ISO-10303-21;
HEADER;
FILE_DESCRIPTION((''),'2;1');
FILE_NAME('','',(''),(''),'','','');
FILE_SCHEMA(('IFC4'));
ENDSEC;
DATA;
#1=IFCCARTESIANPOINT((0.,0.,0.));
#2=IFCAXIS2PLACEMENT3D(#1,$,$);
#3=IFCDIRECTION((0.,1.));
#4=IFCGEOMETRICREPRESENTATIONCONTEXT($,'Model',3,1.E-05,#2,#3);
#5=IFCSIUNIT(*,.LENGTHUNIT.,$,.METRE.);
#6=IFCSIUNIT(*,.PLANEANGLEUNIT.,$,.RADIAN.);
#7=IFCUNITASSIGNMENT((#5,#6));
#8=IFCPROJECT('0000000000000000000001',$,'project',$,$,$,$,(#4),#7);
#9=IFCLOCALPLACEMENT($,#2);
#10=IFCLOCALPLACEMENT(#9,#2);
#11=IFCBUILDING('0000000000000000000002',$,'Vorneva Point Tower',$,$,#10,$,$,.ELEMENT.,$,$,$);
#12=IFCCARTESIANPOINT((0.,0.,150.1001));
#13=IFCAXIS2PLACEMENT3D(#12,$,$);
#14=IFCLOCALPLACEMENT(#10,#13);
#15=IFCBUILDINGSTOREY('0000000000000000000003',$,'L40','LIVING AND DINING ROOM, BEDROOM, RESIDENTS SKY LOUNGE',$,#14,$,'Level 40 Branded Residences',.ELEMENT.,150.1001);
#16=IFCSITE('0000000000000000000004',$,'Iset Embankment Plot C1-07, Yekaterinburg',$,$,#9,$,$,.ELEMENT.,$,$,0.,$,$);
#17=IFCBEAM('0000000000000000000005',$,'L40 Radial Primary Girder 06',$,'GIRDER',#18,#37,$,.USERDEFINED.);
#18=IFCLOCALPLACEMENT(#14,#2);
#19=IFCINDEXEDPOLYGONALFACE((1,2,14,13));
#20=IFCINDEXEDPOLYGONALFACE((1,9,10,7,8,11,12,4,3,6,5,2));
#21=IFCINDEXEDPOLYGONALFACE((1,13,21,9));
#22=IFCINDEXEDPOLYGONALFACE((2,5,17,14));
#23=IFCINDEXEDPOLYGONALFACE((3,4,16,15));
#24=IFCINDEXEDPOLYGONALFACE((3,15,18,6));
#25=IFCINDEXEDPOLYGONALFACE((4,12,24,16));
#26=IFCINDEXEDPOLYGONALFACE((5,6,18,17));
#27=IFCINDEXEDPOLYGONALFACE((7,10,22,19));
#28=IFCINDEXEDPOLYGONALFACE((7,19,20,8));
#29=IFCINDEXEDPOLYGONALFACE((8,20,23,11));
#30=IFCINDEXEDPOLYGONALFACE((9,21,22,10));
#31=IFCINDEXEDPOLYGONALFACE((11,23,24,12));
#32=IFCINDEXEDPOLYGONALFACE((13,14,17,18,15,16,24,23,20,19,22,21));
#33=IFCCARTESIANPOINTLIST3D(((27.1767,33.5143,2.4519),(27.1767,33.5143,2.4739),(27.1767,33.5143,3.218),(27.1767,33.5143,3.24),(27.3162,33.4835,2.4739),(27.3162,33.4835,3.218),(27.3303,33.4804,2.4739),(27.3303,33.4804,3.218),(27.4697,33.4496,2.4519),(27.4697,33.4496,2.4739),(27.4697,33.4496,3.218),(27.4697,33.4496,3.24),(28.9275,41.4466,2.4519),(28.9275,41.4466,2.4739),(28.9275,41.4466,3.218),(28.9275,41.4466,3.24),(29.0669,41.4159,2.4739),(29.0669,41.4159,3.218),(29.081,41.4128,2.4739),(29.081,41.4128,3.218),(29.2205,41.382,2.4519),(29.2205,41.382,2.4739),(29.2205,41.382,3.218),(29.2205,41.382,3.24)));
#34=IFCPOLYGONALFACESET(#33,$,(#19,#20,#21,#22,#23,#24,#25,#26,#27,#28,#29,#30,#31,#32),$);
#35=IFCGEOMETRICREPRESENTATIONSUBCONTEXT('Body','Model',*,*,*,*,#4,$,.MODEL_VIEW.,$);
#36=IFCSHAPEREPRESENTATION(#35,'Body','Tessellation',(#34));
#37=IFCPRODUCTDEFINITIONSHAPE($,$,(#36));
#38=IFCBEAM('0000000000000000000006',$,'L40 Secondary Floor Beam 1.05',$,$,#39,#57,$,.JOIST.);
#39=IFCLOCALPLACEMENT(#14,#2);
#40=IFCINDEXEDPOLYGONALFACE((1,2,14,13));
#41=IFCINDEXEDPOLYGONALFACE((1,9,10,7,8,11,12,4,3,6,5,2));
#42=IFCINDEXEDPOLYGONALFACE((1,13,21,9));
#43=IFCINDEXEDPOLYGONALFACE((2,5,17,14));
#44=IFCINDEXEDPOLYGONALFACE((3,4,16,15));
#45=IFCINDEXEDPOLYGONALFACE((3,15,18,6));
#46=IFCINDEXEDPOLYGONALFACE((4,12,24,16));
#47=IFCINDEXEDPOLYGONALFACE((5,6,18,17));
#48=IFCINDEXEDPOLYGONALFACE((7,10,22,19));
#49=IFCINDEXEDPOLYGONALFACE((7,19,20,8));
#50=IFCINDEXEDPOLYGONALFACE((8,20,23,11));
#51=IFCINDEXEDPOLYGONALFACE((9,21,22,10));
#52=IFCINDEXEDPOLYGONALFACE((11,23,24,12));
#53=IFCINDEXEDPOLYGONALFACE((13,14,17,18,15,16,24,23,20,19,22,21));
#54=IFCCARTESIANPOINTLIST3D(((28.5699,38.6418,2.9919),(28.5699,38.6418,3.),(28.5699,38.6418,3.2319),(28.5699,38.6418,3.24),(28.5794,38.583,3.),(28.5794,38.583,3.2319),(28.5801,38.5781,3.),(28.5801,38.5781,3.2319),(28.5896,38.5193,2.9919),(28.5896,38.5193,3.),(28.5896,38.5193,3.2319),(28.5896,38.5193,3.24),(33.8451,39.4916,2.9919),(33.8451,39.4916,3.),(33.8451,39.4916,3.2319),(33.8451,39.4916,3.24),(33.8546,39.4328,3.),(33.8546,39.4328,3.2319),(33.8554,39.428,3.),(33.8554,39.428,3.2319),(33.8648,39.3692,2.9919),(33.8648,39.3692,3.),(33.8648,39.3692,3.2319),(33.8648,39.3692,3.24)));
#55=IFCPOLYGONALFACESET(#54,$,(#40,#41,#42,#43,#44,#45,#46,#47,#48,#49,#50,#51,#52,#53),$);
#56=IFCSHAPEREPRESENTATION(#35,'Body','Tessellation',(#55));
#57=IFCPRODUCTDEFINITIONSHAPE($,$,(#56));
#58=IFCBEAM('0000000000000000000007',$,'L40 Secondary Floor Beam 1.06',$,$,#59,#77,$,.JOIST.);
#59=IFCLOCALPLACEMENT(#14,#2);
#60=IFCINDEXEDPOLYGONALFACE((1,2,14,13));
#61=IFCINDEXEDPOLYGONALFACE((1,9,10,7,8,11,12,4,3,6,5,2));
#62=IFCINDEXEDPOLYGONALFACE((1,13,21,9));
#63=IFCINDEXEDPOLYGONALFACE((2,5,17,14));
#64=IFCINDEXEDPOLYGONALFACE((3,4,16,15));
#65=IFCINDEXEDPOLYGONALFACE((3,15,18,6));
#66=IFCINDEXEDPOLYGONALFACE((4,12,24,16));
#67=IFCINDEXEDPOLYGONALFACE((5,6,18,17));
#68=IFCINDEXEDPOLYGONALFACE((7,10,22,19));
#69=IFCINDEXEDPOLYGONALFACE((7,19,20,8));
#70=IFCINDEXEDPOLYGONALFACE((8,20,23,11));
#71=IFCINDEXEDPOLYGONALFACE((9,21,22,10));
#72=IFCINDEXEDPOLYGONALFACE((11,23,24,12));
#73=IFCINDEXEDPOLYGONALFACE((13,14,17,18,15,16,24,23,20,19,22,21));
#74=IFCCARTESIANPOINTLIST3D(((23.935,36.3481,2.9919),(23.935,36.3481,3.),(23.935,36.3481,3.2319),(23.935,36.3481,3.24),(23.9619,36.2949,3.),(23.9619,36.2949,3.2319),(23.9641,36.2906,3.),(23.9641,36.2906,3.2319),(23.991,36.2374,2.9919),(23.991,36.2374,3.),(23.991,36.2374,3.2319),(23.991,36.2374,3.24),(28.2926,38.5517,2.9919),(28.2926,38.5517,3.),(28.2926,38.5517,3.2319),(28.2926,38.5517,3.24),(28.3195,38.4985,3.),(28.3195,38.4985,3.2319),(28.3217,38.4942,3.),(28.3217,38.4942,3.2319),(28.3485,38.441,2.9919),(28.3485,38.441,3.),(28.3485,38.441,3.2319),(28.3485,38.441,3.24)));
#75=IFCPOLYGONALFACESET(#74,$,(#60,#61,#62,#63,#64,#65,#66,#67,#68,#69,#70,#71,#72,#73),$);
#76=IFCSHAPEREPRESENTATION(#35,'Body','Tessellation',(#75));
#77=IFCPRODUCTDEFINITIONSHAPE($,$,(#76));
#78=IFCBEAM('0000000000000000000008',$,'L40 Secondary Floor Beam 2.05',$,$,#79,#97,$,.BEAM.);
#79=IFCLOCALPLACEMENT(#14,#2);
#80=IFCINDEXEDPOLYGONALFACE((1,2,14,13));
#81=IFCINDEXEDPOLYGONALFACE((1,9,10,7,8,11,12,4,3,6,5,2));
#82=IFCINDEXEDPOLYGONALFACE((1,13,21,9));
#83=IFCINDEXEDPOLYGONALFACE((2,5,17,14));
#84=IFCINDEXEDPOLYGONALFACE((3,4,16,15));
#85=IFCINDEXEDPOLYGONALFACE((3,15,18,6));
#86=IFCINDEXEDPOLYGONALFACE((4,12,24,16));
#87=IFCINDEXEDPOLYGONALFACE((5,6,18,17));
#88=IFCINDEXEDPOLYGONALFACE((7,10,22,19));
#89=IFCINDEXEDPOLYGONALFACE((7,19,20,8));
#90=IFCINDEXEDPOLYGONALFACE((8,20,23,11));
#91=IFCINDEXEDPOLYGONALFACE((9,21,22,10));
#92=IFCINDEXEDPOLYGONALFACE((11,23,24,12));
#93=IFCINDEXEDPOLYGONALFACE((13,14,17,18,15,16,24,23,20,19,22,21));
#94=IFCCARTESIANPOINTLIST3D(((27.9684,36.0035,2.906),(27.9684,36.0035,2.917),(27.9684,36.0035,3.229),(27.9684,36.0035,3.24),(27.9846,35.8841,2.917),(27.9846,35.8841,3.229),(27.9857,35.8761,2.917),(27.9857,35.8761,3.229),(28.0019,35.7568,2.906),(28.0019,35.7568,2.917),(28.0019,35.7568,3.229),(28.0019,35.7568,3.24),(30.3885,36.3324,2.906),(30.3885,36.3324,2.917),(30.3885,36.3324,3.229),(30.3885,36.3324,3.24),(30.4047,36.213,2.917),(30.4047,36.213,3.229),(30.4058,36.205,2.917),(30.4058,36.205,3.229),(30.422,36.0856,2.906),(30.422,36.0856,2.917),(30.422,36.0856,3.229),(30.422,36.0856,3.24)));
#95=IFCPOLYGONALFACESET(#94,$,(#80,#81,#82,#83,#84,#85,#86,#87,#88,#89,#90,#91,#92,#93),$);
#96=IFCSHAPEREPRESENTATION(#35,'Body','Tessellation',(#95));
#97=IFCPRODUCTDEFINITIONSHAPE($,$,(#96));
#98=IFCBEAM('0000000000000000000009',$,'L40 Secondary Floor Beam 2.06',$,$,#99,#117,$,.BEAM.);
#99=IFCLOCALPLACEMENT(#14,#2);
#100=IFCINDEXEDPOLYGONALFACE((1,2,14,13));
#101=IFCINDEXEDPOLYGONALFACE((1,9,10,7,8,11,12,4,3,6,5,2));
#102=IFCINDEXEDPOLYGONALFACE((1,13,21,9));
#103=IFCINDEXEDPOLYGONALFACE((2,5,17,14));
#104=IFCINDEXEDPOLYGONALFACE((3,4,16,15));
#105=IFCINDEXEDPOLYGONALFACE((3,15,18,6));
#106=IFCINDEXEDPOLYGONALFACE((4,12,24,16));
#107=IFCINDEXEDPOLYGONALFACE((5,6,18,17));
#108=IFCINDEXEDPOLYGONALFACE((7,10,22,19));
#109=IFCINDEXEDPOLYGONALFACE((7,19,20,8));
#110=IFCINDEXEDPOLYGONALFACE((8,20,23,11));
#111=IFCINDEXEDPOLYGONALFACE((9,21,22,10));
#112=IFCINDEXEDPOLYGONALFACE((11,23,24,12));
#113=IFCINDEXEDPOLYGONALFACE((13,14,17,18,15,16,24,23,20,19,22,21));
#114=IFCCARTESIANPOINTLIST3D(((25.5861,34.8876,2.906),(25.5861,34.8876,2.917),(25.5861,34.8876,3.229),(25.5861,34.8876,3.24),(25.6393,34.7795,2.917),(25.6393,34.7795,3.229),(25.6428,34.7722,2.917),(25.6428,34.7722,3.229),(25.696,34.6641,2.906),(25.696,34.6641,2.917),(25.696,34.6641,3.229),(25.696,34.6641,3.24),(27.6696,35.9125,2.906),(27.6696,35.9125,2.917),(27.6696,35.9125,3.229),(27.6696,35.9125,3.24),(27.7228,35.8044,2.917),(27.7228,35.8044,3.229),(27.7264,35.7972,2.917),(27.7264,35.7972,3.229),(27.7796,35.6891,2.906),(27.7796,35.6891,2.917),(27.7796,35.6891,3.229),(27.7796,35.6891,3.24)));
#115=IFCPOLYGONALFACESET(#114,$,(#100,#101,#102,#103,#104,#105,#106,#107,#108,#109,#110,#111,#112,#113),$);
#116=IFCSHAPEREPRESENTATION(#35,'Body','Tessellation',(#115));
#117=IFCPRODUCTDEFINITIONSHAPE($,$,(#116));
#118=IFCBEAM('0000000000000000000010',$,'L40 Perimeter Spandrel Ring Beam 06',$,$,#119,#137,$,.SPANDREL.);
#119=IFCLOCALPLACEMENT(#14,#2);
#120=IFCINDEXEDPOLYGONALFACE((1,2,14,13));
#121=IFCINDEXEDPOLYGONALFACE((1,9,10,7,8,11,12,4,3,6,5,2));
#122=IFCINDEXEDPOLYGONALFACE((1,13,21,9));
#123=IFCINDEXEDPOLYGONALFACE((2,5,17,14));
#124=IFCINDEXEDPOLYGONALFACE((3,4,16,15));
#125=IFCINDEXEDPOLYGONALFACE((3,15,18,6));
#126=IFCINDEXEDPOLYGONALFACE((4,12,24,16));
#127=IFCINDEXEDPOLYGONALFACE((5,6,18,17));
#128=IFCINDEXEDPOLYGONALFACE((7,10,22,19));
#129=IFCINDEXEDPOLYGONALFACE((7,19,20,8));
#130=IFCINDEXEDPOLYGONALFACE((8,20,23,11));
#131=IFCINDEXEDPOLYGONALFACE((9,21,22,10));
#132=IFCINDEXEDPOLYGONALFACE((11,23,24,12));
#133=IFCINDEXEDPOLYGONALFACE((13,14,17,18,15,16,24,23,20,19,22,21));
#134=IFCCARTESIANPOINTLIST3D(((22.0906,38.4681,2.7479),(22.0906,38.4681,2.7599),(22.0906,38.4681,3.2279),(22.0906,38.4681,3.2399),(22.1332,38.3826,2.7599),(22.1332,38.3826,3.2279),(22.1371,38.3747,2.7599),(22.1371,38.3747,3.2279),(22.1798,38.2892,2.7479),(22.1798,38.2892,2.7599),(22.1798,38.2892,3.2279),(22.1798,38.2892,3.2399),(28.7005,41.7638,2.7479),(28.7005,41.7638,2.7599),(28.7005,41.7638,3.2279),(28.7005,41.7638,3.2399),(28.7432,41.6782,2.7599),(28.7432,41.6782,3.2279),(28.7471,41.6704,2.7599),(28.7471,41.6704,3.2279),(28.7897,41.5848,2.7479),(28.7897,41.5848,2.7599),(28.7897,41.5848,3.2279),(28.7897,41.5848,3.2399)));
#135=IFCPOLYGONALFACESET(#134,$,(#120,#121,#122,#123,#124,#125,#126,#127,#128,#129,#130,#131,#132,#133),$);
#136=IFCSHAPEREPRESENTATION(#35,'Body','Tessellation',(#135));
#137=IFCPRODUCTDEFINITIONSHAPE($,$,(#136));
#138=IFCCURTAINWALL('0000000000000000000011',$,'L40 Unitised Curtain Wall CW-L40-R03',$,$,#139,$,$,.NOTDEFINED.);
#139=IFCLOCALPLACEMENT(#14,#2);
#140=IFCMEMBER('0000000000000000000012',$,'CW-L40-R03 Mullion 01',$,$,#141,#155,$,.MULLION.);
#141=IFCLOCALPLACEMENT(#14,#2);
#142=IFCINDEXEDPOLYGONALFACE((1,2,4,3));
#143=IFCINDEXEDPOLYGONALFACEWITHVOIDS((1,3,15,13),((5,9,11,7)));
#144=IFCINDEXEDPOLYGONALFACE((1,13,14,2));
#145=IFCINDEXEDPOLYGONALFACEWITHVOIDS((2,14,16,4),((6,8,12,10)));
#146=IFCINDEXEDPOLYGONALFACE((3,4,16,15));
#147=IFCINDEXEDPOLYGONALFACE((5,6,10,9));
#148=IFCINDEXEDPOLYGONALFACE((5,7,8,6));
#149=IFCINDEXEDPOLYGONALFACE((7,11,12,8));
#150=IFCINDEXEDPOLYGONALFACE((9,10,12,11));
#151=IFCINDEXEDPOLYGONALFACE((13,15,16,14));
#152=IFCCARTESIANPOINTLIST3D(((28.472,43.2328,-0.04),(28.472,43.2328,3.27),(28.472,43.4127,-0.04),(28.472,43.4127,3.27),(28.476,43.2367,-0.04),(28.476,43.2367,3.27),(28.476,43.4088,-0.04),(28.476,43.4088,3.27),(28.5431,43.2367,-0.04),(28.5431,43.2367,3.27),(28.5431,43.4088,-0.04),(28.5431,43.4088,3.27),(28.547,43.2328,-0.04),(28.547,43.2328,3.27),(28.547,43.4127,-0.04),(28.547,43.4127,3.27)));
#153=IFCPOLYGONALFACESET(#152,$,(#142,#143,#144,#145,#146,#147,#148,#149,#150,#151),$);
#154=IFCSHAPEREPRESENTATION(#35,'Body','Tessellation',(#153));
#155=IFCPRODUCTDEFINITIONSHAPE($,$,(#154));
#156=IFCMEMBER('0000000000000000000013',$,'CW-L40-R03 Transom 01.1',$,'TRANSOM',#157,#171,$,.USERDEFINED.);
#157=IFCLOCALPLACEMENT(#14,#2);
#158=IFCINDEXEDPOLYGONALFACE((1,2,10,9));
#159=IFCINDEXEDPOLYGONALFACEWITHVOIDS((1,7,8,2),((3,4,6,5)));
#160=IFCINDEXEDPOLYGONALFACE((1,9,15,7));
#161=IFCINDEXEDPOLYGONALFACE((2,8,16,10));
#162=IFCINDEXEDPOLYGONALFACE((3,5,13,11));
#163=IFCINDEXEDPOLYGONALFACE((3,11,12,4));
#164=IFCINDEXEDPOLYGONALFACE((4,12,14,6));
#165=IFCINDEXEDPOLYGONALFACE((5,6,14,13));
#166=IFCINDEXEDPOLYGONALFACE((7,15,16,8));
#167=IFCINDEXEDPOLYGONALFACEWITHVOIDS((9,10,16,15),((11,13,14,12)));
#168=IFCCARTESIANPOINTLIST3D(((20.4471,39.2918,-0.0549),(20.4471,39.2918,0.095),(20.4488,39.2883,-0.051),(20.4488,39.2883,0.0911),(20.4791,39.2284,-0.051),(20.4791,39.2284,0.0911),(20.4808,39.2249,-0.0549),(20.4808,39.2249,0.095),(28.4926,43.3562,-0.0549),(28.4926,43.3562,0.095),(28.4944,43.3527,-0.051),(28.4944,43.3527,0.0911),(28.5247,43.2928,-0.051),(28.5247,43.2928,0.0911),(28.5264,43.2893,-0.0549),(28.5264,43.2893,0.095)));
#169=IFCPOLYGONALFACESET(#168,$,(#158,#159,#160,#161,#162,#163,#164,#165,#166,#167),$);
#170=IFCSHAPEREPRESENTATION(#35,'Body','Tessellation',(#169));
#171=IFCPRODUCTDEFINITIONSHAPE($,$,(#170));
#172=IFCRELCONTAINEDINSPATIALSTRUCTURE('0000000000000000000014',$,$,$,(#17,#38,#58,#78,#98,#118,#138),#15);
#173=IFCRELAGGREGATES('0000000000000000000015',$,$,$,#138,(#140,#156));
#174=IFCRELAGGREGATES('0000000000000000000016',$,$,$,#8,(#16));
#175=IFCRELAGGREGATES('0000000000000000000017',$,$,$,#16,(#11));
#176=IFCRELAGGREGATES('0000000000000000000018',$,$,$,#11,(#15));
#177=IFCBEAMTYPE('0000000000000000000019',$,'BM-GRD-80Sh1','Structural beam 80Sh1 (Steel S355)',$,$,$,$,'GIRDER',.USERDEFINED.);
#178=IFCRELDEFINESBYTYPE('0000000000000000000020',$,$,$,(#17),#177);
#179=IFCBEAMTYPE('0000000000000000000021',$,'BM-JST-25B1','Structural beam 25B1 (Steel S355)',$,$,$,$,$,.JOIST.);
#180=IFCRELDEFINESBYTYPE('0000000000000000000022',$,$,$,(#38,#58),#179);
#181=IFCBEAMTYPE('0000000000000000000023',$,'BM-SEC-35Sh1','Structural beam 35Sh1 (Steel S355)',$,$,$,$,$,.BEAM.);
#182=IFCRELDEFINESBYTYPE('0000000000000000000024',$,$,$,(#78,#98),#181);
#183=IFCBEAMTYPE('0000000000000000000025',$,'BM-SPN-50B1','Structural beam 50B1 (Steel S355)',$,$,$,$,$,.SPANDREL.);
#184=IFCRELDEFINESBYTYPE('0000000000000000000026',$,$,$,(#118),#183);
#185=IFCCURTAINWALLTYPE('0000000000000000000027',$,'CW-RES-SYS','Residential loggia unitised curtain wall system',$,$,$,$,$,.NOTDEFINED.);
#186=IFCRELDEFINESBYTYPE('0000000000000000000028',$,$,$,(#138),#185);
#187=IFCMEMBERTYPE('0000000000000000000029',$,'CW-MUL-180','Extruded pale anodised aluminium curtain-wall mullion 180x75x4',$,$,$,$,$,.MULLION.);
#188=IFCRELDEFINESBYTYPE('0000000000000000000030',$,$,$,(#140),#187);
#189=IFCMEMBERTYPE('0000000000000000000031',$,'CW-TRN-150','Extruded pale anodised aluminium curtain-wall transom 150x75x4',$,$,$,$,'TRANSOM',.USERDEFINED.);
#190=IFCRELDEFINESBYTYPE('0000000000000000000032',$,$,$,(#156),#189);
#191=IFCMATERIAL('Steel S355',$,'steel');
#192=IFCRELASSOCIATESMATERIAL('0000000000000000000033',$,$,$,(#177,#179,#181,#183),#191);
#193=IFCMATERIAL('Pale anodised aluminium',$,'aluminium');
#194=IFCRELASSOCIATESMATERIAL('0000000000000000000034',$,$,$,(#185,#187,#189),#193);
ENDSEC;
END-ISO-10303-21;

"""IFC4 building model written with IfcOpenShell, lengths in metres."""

from ifc_helpers import new_model, si_unit, direction, frame, origin, origin_2d, place, context, subcontext, project, spatial, hollow_rectangle, i_section, extrude, material, material_profile, profile_set, type_object, element, aggregate, save


model = new_model("IFC4")

# Units and contexts
model_context = context("Model", 3, precision=1e-05, world=origin(), true_north=direction((0.0, 1.0)))
body_context = subcontext(model_context, "Body", "Model", "MODEL_VIEW")
ifc_project = project(units=[si_unit("LENGTHUNIT", "METRE"), si_unit("PLANEANGLEUNIT", "RADIAN")], contexts=[model_context])

# Site, building, storey
site_placement = place(None, origin())
site = spatial("IfcSite", under=ifc_project, at=site_placement, Name="Iset Embankment Plot C1-07, Yekaterinburg", CompositionType="ELEMENT", RefElevation=0.0)
building_placement = place(site_placement, origin())
building = spatial("IfcBuilding", under=site, at=building_placement, Name="Vorneva Point Tower", CompositionType="ELEMENT")
storey_placement = place(building_placement, frame((0.0, 0.0, 150.1001)))
storey = spatial("IfcBuildingStorey", under=building, at=storey_placement, Name="L40", Description="LIVING AND DINING ROOM, BEDROOM, RESIDENTS SKY LOUNGE", LongName="Level 40 Branded Residences", CompositionType="ELEMENT", Elevation=150.1001)

# Beams
ifc_material_1 = material(Name="Steel S355", Category="steel")
ifc_material_profile_1 = material_profile(ifc_material_1, i_section(OverallWidth=0.3, OverallDepth=0.7881, WebThickness=0.0144, FlangeThickness=0.022, at=origin_2d()), Name="80Sh1")
ifc_profile_set_1 = profile_set([ifc_material_profile_1], Name="Steel S355")
beam_type_1 = type_object("IfcBeamType", Name="BM-GRD-80Sh1", Description="Structural beam 80Sh1 (Steel S355)", ElementType="GIRDER", PredefinedType="USERDEFINED", material=ifc_profile_set_1)
beam_1_placement = place(storey_placement, frame((29.074, 41.4143, 2.8459), z_axis=(-0.215521, -0.976499, 0.0), x_axis=(0.976499, -0.215521, 0.0)))
element("IfcBeam", 1, at=beam_1_placement, inside=storey, type_object=beam_type_1, Name="L40 Radial Primary Girder 06", ObjectType="GIRDER", PredefinedType="USERDEFINED", context=body_context, shape_type="SweptSolid", body=[
    extrude(i_section(OverallWidth=0.3, OverallDepth=0.7881, WebThickness=0.0144, FlangeThickness=0.022, at=origin_2d()), origin(), (0.0, 0.0, 1.0), 8.1233),
])
ifc_material_profile_2 = material_profile(ifc_material_1, i_section(OverallWidth=0.124, OverallDepth=0.248, WebThickness=0.0049, FlangeThickness=0.0081, at=origin_2d()), Name="25B1")
ifc_profile_set_2 = profile_set([ifc_material_profile_2], Name="Steel S355")
beam_type_2 = type_object("IfcBeamType", Name="BM-JST-25B1", Description="Structural beam 25B1 (Steel S355)", PredefinedType="JOIST", material=ifc_profile_set_2)
beam_2_placement = place(storey_placement, frame((33.855, 39.4304, 3.116), z_axis=(-0.98727, -0.159054, 0.0), x_axis=(0.159054, -0.98727, 0.0)))
element("IfcBeam", 2, at=beam_2_placement, inside=storey, type_object=beam_type_2, Name="L40 Secondary Floor Beam 1.05", PredefinedType="JOIST", context=body_context, shape_type="SweptSolid", body=[
    extrude(i_section(OverallWidth=0.124, OverallDepth=0.248, WebThickness=0.0049, FlangeThickness=0.0081, at=origin_2d()), origin(), (0.0, 0.0, 1.0), 5.3433),
])
beam_3_placement = place(storey_placement, frame((28.3206, 38.4963, 3.116), z_axis=(-0.892388, -0.451269, 0.0), x_axis=(0.451269, -0.892388, 0.0)))
element("IfcBeam", 3, at=beam_3_placement, inside=storey, type_object=beam_type_2, Name="L40 Secondary Floor Beam 1.06", PredefinedType="JOIST", context=body_context, shape_type="SweptSolid", body=[
    extrude(i_section(OverallWidth=0.124, OverallDepth=0.248, WebThickness=0.0049, FlangeThickness=0.0081, at=origin_2d()), origin(), (0.0, 0.0, 1.0), 4.8831),
])
ifc_material_profile_3 = material_profile(ifc_material_1, i_section(OverallWidth=0.249, OverallDepth=0.334, WebThickness=0.0081, FlangeThickness=0.011, at=origin_2d()), Name="35Sh1")
ifc_profile_set_3 = profile_set([ifc_material_profile_3], Name="Steel S355")
beam_type_3 = type_object("IfcBeamType", Name="BM-SEC-35Sh1", Description="Structural beam 35Sh1 (Steel S355)", PredefinedType="BEAM", material=ifc_profile_set_3)
beam_4_placement = place(storey_placement, frame((30.4053, 36.209, 3.073), z_axis=(-0.990894, -0.134645, 0.0), x_axis=(0.134645, -0.990894, 0.0)))
element("IfcBeam", 4, at=beam_4_placement, inside=storey, type_object=beam_type_3, Name="L40 Secondary Floor Beam 2.05", PredefinedType="BEAM", context=body_context, shape_type="SweptSolid", body=[
    extrude(i_section(OverallWidth=0.249, OverallDepth=0.334, WebThickness=0.0081, FlangeThickness=0.011, at=origin_2d()), origin(), (0.0, 0.0, 1.0), 2.4424),
])
beam_5_placement = place(storey_placement, frame((27.7246, 35.8008, 3.073), z_axis=(-0.89731, -0.4414, 0.0), x_axis=(0.4414, -0.89731, 0.0)))
element("IfcBeam", 5, at=beam_5_placement, inside=storey, type_object=beam_type_3, Name="L40 Secondary Floor Beam 2.06", PredefinedType="BEAM", context=body_context, shape_type="SweptSolid", body=[
    extrude(i_section(OverallWidth=0.249, OverallDepth=0.334, WebThickness=0.0081, FlangeThickness=0.011, at=origin_2d()), origin(), (0.0, 0.0, 1.0), 2.322),
])
ifc_material_profile_4 = material_profile(ifc_material_1, i_section(OverallWidth=0.2, OverallDepth=0.4919, WebThickness=0.0088, FlangeThickness=0.012, at=origin_2d()), Name="50B1")
ifc_profile_set_4 = profile_set([ifc_material_profile_4], Name="Steel S355")
beam_type_4 = type_object("IfcBeamType", Name="BM-SPN-50B1", Description="Structural beam 50B1 (Steel S355)", PredefinedType="SPANDREL", material=ifc_profile_set_4)
beam_6_placement = place(storey_placement, frame((28.7451, 41.6743, 2.9939), z_axis=(-0.894929, -0.446208, 0.0), x_axis=(0.446208, -0.894929, 0.0)))
element("IfcBeam", 6, at=beam_6_placement, inside=storey, type_object=beam_type_4, Name="L40 Perimeter Spandrel Ring Beam 06", PredefinedType="SPANDREL", context=body_context, shape_type="SweptSolid", body=[
    extrude(i_section(OverallWidth=0.2, OverallDepth=0.4919, WebThickness=0.0088, FlangeThickness=0.012, at=origin_2d()), origin(), (0.0, 0.0, 1.0), 7.386),
])

# Curtain wall, members
ifc_material_2 = material(Name="Pale anodised aluminium", Category="aluminium")
curtain_wall_type = type_object("IfcCurtainWallType", Name="CW-RES-SYS", Description="Residential loggia unitised curtain wall system", PredefinedType="NOTDEFINED", material=ifc_material_2)
curtain_wall_placement = place(storey_placement, origin())
curtain_wall = element("IfcCurtainWall", 7, at=curtain_wall_placement, inside=storey, type_object=curtain_wall_type, Name="L40 Unitised Curtain Wall CW-L40-R03", PredefinedType="NOTDEFINED")
ifc_material_profile_5 = material_profile(ifc_material_2, hollow_rectangle(XDim=0.075, YDim=0.1799, WallThickness=0.0039, at=origin_2d()), Name="AL-MUL 180x75x4")
ifc_profile_set_5 = profile_set([ifc_material_profile_5], Name="Pale anodised aluminium")
member_type_1 = type_object("IfcMemberType", Name="CW-MUL-180", Description="Extruded pale anodised aluminium curtain-wall mullion 180x75x4", PredefinedType="MULLION", material=ifc_profile_set_5)
member_1_placement = place(storey_placement, frame((28.5095, 43.3228, -0.04), z_axis=(0.0, 0.0, 1.0), x_axis=(1.0, 0.0, 0.0)))
member_1 = element("IfcMember", 8, at=member_1_placement, type_object=member_type_1, Name="CW-L40-R03 Mullion 01", PredefinedType="MULLION", context=body_context, shape_type="SweptSolid", body=[
    extrude(hollow_rectangle(XDim=0.075, YDim=0.1799, WallThickness=0.0039, at=origin_2d()), origin(), (0.0, 0.0, 1.0), 3.3101),
])
ifc_material_profile_6 = material_profile(ifc_material_2, hollow_rectangle(XDim=0.075, YDim=0.1499, WallThickness=0.0039, at=origin_2d()), Name="AL-TRN 150x75x4")
ifc_profile_set_6 = profile_set([ifc_material_profile_6], Name="Pale anodised aluminium")
member_type_2 = type_object("IfcMemberType", Name="CW-TRN-150", Description="Extruded pale anodised aluminium curtain-wall transom 150x75x4", ElementType="TRANSOM", PredefinedType="USERDEFINED", material=ifc_profile_set_6)
member_2_placement = place(storey_placement, frame((28.5095, 43.3228, 0.02), z_axis=(-0.892572, -0.450904, 0.0), x_axis=(0.450904, -0.892572, 0.0)))
member_2 = element("IfcMember", 9, at=member_2_placement, type_object=member_type_2, Name="CW-L40-R03 Transom 01.1", ObjectType="TRANSOM", PredefinedType="USERDEFINED", context=body_context, shape_type="SweptSolid", body=[
    extrude(hollow_rectangle(XDim=0.075, YDim=0.1499, WallThickness=0.0039, at=origin_2d()), origin(), (0.0, 0.0, 1.0), 9.0139),
])
aggregate(curtain_wall, [member_1, member_2])

save(model, "model.ifc")
